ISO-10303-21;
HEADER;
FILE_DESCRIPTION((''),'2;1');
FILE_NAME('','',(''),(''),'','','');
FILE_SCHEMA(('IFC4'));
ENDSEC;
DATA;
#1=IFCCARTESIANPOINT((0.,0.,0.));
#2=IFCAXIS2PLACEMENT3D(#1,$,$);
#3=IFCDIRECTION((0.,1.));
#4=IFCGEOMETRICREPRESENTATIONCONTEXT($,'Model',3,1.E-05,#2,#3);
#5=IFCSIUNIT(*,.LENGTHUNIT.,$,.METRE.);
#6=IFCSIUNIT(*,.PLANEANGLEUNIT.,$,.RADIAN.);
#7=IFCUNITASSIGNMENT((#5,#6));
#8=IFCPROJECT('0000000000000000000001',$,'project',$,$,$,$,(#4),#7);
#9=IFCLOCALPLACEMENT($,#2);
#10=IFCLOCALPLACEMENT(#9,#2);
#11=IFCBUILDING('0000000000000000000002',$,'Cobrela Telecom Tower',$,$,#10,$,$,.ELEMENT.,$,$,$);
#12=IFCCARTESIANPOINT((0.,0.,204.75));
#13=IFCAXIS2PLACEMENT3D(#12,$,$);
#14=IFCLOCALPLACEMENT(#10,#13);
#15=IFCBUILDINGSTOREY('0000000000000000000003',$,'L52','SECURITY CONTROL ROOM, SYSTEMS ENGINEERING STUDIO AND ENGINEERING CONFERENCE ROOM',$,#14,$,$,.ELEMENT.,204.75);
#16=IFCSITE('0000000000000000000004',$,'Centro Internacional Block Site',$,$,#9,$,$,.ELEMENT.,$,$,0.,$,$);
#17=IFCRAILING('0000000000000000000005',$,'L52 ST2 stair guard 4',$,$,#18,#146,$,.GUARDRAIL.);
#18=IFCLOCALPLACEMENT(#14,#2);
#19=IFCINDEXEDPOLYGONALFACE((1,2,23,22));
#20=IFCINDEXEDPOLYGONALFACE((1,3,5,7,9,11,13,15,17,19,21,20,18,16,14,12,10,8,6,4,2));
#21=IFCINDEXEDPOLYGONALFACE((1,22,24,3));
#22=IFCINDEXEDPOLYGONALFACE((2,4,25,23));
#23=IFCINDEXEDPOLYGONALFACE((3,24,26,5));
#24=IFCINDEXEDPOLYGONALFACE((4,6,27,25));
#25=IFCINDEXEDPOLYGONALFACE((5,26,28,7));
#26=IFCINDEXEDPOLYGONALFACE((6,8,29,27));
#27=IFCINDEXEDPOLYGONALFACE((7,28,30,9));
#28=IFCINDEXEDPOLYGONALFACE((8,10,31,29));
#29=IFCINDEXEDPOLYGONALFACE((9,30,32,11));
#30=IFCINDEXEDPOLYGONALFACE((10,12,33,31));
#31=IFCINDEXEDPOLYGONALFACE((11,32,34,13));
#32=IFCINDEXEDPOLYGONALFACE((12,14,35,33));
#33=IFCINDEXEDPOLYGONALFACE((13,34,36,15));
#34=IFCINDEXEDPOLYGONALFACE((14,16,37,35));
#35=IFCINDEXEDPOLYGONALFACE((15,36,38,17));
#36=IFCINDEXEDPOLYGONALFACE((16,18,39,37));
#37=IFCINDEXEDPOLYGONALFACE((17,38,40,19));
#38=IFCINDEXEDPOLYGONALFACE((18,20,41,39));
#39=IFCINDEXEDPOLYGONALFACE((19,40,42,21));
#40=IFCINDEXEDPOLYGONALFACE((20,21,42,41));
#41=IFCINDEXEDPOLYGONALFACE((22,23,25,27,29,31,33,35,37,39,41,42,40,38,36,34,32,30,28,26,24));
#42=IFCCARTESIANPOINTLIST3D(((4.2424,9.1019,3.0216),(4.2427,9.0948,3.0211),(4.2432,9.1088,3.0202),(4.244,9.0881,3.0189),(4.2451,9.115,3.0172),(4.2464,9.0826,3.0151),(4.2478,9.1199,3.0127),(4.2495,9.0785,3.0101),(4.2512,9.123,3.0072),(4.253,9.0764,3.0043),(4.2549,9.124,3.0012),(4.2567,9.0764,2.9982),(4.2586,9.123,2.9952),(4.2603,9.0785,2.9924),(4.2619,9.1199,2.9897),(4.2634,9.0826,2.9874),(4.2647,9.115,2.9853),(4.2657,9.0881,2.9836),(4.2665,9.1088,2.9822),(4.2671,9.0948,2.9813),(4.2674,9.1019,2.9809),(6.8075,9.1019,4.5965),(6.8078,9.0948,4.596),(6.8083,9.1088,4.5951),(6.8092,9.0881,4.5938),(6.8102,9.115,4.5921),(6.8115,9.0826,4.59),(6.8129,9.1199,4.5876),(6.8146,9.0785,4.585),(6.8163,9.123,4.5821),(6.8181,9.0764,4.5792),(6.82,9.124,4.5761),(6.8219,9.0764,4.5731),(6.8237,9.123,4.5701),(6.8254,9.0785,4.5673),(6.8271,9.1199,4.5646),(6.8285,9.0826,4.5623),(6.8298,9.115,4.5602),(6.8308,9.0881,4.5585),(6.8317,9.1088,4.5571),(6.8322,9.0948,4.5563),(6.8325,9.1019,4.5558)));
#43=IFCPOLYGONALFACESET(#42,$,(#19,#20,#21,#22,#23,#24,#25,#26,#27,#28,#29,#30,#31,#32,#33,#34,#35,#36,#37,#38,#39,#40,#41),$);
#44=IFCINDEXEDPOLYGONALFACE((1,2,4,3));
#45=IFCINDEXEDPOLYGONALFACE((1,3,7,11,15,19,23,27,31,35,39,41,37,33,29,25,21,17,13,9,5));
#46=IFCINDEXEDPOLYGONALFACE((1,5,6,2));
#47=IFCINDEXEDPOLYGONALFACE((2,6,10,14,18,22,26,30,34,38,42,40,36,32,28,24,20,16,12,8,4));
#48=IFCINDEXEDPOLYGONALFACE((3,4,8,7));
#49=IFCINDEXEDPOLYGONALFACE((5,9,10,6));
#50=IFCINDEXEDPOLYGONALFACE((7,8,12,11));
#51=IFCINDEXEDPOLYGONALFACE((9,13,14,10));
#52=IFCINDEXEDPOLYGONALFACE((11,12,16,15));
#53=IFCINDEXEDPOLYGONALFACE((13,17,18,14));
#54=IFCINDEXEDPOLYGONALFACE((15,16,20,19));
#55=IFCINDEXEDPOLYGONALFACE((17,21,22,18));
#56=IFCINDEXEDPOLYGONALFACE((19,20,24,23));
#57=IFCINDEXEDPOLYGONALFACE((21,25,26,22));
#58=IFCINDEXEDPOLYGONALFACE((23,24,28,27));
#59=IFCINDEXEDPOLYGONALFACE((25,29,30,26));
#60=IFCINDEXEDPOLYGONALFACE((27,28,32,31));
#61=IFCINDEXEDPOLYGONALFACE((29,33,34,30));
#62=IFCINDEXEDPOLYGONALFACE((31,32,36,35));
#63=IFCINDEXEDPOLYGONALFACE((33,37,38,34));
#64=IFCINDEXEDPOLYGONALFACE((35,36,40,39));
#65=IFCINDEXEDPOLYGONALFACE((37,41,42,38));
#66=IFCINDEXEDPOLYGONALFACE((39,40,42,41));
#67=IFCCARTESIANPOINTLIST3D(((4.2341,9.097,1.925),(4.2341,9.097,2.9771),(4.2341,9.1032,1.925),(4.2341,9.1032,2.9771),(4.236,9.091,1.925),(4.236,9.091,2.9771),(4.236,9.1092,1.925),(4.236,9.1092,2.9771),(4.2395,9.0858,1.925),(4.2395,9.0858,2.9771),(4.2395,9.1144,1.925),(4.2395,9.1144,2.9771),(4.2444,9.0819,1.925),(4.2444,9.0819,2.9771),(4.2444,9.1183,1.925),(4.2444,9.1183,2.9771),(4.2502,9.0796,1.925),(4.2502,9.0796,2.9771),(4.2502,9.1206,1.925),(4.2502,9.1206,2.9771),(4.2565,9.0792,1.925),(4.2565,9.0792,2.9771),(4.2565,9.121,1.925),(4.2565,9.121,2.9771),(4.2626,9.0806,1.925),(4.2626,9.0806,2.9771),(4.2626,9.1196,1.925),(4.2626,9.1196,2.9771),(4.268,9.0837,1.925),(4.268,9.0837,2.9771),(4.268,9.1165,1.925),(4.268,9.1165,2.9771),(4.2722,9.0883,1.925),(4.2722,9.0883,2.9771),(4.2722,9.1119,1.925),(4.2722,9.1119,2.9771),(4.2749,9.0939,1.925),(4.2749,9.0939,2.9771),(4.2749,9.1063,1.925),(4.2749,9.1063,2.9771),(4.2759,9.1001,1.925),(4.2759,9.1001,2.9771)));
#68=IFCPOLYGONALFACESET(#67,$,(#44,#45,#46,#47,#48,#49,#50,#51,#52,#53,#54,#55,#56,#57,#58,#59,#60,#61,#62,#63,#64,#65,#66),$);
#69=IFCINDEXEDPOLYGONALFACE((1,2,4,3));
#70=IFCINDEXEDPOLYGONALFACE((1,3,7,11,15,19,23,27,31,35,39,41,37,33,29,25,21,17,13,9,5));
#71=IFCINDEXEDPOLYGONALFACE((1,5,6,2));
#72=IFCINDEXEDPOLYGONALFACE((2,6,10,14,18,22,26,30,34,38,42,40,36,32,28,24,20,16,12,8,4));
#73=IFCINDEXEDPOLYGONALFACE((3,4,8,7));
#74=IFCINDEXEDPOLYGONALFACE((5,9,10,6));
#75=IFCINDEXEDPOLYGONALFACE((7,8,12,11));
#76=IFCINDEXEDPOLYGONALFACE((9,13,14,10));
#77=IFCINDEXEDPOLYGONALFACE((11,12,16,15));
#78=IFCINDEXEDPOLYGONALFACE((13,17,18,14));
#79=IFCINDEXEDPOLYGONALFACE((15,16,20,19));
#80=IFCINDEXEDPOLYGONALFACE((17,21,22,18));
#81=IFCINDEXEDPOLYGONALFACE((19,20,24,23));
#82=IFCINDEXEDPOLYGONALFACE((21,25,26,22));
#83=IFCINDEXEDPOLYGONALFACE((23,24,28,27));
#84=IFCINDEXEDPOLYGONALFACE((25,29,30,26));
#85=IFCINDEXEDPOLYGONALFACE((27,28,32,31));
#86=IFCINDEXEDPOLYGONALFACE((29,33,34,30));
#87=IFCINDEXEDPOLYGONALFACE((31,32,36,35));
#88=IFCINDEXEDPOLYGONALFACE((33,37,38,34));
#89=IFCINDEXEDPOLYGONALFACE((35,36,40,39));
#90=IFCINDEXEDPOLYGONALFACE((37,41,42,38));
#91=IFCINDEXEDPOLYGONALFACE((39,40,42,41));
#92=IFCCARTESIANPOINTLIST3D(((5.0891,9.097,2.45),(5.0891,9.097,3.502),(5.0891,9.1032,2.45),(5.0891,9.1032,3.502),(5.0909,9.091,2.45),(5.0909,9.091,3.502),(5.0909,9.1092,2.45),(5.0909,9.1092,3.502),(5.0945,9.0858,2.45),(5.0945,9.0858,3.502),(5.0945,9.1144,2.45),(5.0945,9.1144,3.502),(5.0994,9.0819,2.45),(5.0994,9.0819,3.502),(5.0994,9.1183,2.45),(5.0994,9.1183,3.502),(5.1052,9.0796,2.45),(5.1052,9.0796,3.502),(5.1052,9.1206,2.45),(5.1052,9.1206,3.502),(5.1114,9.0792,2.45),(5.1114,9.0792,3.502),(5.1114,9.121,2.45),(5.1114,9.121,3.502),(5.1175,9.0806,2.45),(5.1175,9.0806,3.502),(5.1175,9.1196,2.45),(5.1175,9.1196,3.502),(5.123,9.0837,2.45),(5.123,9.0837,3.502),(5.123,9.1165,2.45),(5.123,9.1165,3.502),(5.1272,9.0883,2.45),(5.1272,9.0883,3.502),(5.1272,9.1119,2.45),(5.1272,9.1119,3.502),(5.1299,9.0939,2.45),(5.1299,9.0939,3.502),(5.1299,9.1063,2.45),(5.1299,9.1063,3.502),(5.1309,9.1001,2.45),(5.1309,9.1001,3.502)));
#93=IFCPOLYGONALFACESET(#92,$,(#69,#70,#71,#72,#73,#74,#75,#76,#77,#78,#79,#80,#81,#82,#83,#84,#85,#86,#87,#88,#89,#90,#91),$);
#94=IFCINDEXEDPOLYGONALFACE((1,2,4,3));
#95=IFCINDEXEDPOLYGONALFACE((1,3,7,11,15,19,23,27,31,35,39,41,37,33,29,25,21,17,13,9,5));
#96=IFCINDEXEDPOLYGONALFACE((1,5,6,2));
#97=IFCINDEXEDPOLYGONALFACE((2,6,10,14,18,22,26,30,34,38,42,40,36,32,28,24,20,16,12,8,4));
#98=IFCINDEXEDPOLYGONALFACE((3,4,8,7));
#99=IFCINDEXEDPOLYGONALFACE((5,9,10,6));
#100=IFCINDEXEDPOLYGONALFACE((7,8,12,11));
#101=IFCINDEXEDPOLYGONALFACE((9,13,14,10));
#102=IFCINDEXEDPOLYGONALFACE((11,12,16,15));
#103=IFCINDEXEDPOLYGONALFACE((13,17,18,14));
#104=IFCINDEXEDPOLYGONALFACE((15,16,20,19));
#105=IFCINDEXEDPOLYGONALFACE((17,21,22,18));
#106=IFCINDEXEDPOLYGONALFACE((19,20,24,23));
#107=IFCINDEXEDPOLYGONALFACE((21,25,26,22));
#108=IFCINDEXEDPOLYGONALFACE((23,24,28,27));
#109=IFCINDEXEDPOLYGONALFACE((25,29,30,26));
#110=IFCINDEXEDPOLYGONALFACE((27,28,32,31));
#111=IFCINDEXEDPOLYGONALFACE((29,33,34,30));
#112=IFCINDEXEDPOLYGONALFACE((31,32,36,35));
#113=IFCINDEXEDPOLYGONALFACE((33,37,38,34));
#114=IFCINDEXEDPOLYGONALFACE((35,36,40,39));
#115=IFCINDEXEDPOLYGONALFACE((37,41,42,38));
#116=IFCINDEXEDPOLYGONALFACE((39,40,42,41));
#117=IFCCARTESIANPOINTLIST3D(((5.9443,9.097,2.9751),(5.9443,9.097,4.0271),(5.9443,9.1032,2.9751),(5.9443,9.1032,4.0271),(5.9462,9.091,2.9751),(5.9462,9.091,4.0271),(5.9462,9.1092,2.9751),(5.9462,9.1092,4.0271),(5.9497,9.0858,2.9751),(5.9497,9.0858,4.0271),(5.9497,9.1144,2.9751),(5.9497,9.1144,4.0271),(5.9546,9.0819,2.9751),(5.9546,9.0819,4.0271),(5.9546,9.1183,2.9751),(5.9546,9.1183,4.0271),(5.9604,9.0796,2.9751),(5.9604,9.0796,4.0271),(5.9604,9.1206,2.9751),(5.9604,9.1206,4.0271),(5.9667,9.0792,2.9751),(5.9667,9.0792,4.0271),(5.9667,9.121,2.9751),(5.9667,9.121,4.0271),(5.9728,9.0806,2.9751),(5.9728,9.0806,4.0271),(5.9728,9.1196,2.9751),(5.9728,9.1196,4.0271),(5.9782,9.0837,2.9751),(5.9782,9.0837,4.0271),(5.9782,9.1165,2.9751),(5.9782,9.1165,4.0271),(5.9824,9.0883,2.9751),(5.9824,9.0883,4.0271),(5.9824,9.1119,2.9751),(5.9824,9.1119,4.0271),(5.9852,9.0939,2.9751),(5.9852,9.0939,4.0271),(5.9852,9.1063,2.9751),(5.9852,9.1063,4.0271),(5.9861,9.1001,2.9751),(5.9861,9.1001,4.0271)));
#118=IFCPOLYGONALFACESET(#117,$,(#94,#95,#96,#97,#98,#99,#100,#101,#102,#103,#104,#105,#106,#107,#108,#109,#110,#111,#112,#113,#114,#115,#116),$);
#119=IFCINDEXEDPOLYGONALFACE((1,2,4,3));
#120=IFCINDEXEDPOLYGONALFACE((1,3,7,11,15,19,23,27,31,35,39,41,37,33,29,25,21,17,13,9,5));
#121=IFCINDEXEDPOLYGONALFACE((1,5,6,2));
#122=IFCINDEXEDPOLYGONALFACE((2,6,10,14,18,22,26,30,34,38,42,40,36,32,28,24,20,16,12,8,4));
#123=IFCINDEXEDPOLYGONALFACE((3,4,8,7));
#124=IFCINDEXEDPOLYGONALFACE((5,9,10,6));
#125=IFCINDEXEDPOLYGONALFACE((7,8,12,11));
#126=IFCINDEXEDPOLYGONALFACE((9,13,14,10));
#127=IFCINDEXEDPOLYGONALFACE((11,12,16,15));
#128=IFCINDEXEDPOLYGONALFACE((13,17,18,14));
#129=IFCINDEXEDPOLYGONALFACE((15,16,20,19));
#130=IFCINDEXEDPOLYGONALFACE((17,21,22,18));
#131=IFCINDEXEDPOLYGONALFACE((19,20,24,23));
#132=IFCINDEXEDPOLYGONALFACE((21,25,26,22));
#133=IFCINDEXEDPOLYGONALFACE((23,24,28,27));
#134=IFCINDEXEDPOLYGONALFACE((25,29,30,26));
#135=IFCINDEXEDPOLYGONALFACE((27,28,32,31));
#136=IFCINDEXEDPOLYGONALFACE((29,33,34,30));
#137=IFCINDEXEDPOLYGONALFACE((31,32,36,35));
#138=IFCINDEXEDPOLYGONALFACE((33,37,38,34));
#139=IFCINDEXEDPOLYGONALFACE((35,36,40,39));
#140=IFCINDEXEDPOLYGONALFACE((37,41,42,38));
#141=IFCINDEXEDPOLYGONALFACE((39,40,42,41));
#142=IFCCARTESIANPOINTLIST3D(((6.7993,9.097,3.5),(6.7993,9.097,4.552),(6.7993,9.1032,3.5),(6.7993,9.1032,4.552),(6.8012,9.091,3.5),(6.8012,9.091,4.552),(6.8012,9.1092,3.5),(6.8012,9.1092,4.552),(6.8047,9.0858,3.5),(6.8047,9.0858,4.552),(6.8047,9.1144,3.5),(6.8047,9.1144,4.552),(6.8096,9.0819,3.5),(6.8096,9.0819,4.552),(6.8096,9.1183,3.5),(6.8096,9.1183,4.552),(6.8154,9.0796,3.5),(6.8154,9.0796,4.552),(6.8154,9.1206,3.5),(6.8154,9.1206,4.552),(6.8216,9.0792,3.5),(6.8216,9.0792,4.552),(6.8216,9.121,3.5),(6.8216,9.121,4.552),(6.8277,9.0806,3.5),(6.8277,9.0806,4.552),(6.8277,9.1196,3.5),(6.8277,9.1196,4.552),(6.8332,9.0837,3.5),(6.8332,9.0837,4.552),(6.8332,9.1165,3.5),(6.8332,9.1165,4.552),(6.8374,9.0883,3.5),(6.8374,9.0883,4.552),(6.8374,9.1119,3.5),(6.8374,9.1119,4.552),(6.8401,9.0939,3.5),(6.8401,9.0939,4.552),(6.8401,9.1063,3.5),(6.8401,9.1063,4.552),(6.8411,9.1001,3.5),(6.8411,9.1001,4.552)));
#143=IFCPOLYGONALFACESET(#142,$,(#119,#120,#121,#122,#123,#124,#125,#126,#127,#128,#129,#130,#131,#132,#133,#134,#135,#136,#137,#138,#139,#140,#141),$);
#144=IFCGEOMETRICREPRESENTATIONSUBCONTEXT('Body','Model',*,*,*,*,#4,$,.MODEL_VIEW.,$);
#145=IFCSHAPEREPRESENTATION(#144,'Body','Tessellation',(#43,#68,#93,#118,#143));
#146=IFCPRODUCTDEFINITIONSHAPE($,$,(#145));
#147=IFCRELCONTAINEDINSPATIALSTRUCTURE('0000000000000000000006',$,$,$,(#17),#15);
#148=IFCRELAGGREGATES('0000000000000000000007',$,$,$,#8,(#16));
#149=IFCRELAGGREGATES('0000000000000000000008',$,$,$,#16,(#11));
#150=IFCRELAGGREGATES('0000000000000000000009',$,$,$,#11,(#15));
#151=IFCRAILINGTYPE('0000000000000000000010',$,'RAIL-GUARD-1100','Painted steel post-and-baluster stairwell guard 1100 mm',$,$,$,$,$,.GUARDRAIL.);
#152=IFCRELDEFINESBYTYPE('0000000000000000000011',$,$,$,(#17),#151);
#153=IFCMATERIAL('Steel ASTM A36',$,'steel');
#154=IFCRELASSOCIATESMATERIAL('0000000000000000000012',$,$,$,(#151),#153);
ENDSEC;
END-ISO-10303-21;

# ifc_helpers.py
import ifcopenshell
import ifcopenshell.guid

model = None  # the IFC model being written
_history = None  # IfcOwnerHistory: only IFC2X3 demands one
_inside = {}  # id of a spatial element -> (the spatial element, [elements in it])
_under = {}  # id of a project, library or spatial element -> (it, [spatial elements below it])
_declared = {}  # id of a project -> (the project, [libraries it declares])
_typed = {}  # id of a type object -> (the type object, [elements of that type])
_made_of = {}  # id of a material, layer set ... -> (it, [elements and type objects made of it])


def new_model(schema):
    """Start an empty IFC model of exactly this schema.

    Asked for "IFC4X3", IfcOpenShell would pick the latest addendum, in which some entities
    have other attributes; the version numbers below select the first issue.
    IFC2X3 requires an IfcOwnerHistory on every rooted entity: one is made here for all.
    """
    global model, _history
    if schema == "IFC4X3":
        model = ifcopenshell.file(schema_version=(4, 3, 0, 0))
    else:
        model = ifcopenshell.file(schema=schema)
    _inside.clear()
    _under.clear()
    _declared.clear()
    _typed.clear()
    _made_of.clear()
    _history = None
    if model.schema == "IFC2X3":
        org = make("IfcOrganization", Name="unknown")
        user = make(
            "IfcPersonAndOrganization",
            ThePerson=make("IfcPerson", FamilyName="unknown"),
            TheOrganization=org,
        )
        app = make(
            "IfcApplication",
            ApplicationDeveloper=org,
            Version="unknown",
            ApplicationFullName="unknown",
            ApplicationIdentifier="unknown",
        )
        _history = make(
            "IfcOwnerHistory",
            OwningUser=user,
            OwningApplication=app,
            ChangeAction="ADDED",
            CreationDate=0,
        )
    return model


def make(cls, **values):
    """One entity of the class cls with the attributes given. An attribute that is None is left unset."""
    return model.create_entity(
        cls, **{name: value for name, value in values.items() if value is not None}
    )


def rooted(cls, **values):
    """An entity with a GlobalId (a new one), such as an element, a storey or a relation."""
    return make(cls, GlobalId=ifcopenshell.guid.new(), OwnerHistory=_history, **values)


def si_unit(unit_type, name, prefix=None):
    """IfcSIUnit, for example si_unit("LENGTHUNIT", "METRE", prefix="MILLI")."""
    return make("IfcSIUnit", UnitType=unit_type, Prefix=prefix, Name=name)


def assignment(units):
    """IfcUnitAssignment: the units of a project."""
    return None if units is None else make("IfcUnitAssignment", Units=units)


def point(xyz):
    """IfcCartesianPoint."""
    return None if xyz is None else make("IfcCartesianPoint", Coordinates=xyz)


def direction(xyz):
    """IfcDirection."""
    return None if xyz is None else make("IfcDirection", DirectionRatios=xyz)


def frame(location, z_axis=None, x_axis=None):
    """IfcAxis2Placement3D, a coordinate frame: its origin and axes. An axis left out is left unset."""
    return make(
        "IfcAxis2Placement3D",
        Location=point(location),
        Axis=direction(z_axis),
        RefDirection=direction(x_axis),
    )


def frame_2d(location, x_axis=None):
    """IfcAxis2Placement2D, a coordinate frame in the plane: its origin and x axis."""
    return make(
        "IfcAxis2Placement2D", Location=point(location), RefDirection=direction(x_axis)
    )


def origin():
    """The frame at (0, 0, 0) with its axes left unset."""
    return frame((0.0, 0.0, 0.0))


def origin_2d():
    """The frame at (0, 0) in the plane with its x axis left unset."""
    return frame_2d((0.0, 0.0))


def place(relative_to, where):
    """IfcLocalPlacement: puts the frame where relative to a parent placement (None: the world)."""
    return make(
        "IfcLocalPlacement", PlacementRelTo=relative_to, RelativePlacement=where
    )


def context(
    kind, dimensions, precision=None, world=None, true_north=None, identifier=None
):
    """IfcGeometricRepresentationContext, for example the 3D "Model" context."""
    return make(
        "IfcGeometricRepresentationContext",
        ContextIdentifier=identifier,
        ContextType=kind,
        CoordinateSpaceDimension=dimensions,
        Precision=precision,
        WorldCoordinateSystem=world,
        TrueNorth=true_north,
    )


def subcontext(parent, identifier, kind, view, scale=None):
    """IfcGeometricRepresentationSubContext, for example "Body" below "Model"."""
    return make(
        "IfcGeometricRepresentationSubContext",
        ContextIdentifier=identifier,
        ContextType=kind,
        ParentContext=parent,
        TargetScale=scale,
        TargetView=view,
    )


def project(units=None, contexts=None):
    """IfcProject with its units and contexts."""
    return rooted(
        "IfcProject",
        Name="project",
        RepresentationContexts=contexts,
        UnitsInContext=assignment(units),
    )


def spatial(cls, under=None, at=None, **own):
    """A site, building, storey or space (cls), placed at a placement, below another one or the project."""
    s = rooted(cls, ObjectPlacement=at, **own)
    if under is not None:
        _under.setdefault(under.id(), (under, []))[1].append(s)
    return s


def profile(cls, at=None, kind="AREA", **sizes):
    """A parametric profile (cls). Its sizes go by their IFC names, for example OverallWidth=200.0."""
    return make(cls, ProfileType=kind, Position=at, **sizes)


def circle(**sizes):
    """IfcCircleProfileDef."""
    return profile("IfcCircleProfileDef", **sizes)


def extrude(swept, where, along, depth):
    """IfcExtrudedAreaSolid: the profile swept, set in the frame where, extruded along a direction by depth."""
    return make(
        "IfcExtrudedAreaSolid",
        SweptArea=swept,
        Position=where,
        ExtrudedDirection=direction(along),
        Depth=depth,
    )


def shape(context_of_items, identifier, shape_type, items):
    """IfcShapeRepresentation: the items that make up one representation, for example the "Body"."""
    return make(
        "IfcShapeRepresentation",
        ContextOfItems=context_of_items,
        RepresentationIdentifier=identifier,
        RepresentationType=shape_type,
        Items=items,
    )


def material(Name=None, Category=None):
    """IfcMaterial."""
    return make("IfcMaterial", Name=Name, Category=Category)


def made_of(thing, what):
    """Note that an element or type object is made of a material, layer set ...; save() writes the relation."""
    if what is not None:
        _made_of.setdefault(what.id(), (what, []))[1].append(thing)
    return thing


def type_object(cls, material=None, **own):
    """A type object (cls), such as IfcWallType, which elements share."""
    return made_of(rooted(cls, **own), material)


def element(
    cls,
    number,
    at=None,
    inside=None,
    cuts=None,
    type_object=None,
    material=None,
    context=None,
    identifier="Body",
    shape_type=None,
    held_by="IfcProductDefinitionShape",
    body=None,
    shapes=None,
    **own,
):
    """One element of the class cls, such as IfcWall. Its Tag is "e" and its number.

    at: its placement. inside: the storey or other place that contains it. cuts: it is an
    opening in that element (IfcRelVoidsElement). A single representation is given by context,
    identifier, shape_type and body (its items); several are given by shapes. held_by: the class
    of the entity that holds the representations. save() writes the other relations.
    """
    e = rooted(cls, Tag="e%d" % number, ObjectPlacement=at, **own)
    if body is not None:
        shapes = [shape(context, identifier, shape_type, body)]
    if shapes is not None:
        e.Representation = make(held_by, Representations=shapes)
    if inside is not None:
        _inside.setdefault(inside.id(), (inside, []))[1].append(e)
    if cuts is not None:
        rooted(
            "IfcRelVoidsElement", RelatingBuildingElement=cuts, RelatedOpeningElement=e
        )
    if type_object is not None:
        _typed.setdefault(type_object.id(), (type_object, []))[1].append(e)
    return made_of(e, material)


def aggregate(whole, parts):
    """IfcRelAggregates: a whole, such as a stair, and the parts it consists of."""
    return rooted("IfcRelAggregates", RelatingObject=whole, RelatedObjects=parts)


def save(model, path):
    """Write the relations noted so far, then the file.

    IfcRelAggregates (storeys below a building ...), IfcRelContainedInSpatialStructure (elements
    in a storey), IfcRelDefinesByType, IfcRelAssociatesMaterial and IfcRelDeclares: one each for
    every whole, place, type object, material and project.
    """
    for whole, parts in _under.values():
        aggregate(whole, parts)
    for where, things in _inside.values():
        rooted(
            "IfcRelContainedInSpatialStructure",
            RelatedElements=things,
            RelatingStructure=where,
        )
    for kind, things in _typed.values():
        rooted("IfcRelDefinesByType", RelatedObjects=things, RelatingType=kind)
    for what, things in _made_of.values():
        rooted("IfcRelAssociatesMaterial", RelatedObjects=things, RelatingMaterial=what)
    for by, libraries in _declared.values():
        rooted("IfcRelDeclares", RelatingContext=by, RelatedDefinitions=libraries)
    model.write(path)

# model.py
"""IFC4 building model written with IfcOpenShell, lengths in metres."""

from ifc_helpers import new_model, si_unit, direction, frame, origin, origin_2d, place, context, subcontext, project, spatial, circle, extrude, material, type_object, element, save


model = new_model("IFC4")

# Units and contexts
model_context = context("Model", 3, precision=1e-05, world=origin(), true_north=direction((0.0, 1.0)))
body_context = subcontext(model_context, "Body", "Model", "MODEL_VIEW")
ifc_project = project(units=[si_unit("LENGTHUNIT", "METRE"), si_unit("PLANEANGLEUNIT", "RADIAN")], contexts=[model_context])

# Site, building, storey
site_placement = place(None, origin())
site = spatial("IfcSite", under=ifc_project, at=site_placement, Name="Centro Internacional Block Site", CompositionType="ELEMENT", RefElevation=0.0)
building_placement = place(site_placement, origin())
building = spatial("IfcBuilding", under=site, at=building_placement, Name="Cobrela Telecom Tower", CompositionType="ELEMENT")
storey_placement = place(building_placement, frame((0.0, 0.0, 204.75)))
storey = spatial("IfcBuildingStorey", under=building, at=storey_placement, Name="L52", Description="SECURITY CONTROL ROOM, SYSTEMS ENGINEERING STUDIO AND ENGINEERING CONFERENCE ROOM", CompositionType="ELEMENT", Elevation=204.75)

# Railing
ifc_material_1 = material(Name="Steel ASTM A36", Category="steel")
railing_type_1 = type_object("IfcRailingType", Name="RAIL-GUARD-1100", Description="Painted steel post-and-baluster stairwell guard 1100 mm", PredefinedType="GUARDRAIL", material=ifc_material_1)
railing_1_placement = place(storey_placement, frame((4.2549, 9.1001, 1.925)))
element("IfcRailing", 1, at=railing_1_placement, inside=storey, type_object=railing_type_1, Name="L52 ST2 stair guard 4", PredefinedType="GUARDRAIL", context=body_context, shape_type="SweptSolid", body=[
    extrude(circle(Radius=0.0239, at=origin_2d()), frame((0.0, 0.0, 1.0762), z_axis=(0.852195, 0.0, 0.523224), x_axis=(0.0, 1.0, 0.0)), (0.0, 0.0, 1.0), 3.01),
    extrude(circle(Radius=0.021, at=origin_2d()), origin(), (0.0, 0.0, 1.0), 1.052),
    extrude(circle(Radius=0.021, at=origin_2d()), frame((0.855, 0.0, 0.5249)), (0.0, 0.0, 1.0), 1.052),
    extrude(circle(Radius=0.021, at=origin_2d()), frame((1.7102, 0.0, 1.05)), (0.0, 0.0, 1.0), 1.052),
    extrude(circle(Radius=0.021, at=origin_2d()), frame((2.5652, 0.0, 1.575)), (0.0, 0.0, 1.0), 1.052),
])

save(model, "model.ifc")
